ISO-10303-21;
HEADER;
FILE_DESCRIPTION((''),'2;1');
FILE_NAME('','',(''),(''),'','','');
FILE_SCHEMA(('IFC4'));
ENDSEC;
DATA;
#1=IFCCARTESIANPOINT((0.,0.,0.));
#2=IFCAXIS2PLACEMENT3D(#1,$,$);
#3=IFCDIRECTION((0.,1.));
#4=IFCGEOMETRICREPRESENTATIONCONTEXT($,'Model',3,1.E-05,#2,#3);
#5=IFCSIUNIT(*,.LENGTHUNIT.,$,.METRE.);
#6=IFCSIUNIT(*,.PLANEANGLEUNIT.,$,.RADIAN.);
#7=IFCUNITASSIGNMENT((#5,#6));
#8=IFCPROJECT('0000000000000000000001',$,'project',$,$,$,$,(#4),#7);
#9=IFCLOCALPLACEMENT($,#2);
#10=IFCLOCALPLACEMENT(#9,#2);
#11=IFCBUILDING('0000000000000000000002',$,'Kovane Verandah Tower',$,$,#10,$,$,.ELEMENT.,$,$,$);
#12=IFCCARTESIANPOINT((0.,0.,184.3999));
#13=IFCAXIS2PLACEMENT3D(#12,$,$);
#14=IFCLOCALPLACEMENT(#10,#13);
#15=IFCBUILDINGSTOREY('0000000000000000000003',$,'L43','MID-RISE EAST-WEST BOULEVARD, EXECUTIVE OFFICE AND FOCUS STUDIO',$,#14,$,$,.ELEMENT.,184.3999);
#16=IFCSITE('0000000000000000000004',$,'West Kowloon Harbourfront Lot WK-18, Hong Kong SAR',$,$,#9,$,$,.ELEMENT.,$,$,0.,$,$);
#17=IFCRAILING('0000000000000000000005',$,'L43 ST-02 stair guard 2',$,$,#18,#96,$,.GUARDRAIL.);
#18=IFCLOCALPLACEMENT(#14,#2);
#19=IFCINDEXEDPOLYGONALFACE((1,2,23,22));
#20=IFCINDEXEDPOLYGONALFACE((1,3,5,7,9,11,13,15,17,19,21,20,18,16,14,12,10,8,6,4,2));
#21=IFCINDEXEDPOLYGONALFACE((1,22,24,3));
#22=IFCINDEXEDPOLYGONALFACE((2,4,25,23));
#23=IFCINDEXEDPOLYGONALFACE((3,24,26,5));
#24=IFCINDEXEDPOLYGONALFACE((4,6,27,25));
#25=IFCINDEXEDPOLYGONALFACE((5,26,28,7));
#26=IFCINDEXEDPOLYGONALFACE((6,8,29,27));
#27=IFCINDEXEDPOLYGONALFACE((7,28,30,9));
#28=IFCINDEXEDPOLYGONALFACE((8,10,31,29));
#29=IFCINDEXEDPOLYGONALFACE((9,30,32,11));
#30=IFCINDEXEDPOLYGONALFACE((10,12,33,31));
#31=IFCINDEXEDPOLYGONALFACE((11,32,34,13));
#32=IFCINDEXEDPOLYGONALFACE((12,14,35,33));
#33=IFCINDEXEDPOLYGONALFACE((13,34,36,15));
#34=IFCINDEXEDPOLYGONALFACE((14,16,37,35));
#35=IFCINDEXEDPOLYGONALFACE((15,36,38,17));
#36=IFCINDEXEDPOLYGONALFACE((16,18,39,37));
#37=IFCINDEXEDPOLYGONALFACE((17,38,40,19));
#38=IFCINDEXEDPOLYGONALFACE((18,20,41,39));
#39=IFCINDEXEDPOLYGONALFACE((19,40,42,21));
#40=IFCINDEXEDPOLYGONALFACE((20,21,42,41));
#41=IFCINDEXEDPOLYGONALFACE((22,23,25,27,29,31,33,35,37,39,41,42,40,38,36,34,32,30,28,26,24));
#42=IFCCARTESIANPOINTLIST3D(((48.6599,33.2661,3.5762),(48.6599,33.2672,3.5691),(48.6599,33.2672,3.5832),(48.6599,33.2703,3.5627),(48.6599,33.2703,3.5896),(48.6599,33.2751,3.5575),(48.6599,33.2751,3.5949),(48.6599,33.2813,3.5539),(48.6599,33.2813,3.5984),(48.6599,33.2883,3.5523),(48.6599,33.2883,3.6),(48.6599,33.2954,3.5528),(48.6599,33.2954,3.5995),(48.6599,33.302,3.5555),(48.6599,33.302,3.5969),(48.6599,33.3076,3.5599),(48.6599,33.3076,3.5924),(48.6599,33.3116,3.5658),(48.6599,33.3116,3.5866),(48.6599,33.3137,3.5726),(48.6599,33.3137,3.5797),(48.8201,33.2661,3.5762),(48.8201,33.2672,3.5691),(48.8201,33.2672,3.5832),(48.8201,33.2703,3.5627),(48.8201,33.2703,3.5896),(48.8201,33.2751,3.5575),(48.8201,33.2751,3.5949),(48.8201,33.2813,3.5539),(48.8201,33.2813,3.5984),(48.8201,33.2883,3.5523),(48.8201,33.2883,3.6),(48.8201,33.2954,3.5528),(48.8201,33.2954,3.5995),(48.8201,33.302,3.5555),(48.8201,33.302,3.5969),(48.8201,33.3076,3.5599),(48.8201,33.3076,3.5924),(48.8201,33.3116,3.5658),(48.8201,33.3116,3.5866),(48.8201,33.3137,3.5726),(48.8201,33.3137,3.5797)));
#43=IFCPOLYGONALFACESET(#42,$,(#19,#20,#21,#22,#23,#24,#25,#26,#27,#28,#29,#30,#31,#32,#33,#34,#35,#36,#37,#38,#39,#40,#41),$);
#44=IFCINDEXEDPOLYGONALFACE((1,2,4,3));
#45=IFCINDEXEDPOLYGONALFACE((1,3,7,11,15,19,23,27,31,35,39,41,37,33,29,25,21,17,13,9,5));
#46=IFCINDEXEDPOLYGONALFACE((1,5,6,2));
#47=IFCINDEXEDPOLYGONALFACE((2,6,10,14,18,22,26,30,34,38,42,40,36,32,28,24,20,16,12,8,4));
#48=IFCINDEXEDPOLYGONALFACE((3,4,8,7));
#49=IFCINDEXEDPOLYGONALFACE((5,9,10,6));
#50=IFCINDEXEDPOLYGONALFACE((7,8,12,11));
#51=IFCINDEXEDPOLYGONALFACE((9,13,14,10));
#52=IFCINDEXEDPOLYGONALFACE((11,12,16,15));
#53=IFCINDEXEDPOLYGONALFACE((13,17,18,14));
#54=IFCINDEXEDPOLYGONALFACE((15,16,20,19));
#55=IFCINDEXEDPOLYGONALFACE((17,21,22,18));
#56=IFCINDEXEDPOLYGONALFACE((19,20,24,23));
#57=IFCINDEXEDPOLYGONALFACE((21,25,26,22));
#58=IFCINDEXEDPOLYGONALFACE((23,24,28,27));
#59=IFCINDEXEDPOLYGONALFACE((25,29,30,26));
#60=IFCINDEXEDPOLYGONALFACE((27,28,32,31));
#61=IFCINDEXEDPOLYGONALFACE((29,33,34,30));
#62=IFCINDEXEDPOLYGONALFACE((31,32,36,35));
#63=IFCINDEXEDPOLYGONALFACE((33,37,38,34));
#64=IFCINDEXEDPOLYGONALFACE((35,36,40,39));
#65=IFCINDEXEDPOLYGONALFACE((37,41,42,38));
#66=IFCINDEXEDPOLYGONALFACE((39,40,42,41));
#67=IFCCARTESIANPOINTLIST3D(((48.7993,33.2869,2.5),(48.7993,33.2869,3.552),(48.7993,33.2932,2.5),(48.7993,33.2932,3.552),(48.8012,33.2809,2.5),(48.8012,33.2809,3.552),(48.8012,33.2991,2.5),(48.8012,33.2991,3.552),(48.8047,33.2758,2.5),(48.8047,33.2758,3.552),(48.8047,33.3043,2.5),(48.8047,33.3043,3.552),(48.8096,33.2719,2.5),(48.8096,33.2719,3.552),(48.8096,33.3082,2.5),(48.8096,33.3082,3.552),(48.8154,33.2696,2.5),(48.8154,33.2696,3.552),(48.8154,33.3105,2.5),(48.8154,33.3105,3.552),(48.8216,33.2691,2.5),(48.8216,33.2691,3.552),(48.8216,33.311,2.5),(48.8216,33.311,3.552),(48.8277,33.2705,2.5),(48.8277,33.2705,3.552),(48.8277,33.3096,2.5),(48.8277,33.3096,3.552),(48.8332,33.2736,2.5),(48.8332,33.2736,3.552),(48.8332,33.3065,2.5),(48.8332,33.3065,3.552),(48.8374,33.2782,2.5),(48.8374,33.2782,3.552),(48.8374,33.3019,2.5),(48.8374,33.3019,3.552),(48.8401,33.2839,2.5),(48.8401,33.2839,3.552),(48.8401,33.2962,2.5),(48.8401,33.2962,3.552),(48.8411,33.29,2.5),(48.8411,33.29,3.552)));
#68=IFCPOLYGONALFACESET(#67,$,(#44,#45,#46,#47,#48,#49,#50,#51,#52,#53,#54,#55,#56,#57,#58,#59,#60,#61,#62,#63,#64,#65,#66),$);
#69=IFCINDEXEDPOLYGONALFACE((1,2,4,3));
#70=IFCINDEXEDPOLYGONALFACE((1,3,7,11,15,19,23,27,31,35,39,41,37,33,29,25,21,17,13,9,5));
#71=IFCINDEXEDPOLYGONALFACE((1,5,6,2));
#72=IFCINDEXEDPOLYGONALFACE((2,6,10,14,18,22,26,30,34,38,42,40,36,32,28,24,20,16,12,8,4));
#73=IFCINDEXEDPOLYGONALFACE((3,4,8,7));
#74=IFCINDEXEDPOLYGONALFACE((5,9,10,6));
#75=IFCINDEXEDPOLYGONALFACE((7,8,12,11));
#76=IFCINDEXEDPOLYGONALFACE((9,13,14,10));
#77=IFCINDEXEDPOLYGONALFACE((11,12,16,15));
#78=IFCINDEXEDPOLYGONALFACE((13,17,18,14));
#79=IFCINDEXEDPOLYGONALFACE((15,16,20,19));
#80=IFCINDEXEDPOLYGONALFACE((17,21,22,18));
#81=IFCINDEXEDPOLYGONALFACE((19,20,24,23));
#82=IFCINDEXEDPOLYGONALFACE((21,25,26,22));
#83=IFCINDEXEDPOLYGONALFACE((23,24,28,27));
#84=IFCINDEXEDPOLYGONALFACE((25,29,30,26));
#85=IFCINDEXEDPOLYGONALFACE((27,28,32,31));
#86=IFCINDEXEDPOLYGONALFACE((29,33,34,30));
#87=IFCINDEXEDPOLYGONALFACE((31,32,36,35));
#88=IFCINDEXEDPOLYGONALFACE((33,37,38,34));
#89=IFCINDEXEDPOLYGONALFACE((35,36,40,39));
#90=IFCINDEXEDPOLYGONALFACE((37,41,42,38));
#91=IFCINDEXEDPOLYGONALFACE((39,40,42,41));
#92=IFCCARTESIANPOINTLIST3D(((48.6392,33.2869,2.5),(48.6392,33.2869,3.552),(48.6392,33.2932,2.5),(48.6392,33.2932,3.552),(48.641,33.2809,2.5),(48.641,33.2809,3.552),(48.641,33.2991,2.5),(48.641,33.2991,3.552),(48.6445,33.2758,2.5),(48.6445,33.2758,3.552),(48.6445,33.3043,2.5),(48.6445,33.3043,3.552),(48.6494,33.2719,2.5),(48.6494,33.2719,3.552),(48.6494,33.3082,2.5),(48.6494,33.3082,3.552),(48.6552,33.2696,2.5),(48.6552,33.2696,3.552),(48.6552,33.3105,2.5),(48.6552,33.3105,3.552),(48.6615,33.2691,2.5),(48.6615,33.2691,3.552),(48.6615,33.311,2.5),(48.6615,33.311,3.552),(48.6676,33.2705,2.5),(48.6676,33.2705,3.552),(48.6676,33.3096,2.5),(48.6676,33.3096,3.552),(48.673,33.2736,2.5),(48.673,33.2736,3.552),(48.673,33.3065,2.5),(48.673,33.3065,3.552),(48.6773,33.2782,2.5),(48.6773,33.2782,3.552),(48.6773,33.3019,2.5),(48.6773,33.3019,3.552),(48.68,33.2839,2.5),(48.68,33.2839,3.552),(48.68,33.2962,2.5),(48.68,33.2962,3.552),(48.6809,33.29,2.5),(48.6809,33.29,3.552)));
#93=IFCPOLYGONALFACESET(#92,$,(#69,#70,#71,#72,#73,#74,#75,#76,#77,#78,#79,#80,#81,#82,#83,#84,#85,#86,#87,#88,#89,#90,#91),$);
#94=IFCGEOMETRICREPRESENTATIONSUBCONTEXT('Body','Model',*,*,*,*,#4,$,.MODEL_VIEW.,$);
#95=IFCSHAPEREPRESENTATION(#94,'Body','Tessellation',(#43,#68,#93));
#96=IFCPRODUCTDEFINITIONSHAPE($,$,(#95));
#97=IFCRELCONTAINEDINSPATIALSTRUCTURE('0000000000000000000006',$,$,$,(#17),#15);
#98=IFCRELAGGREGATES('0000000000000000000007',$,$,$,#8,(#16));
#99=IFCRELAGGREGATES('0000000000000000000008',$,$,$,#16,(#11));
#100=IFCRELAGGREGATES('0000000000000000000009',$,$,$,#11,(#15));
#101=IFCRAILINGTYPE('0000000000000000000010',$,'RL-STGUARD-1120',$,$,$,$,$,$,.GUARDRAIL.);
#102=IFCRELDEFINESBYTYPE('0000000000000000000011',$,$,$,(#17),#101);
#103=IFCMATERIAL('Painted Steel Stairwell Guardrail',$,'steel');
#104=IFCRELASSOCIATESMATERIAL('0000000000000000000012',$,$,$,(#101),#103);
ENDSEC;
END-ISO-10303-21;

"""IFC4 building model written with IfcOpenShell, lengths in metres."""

from ifc_helpers import new_model, si_unit, direction, frame, origin, origin_2d, place, context, subcontext, project, spatial, circle, extrude, material, type_object, element, save


model = new_model("IFC4")

# Units and contexts
model_context = context("Model", 3, precision=1e-05, world=origin(), true_north=direction((0.0, 1.0)))
body_context = subcontext(model_context, "Body", "Model", "MODEL_VIEW")
ifc_project = project(units=[si_unit("LENGTHUNIT", "METRE"), si_unit("PLANEANGLEUNIT", "RADIAN")], contexts=[model_context])

# Site, building, storey
site_placement = place(None, origin())
site = spatial("IfcSite", under=ifc_project, at=site_placement, Name="West Kowloon Harbourfront Lot WK-18, Hong Kong SAR", CompositionType="ELEMENT", RefElevation=0.0)
building_placement = place(site_placement, origin())
building = spatial("IfcBuilding", under=site, at=building_placement, Name="Kovane Verandah Tower", CompositionType="ELEMENT")
storey_placement = place(building_placement, frame((0.0, 0.0, 184.3999)))
storey = spatial("IfcBuildingStorey", under=building, at=storey_placement, Name="L43", Description="MID-RISE EAST-WEST BOULEVARD, EXECUTIVE OFFICE AND FOCUS STUDIO", CompositionType="ELEMENT", Elevation=184.3999)

# Railing
ifc_material_1 = material(Name="Painted Steel Stairwell Guardrail", Category="steel")
railing_type_1 = type_object("IfcRailingType", Name="RL-STGUARD-1120", PredefinedType="GUARDRAIL", material=ifc_material_1)
railing_1_placement = place(storey_placement, frame((48.8201, 33.29, 2.5)))
element("IfcRailing", 1, at=railing_1_placement, inside=storey, type_object=railing_type_1, Name="L43 ST-02 stair guard 2", PredefinedType="GUARDRAIL", context=body_context, shape_type="SweptSolid", body=[
    extrude(circle(Radius=0.0239, at=origin_2d()), frame((0.0, 0.0, 1.0762), z_axis=(-1.0, 0.0, 0.0), x_axis=(0.0, -1.0, 0.0)), (0.0, 0.0, 1.0), 0.1602),
    extrude(circle(Radius=0.021, at=origin_2d()), origin(), (0.0, 0.0, 1.0), 1.052),
    extrude(circle(Radius=0.021, at=origin_2d()), frame((-0.1602, 0.0, 0.0)), (0.0, 0.0, 1.0), 1.052),
])

save(model, "model.ifc")
